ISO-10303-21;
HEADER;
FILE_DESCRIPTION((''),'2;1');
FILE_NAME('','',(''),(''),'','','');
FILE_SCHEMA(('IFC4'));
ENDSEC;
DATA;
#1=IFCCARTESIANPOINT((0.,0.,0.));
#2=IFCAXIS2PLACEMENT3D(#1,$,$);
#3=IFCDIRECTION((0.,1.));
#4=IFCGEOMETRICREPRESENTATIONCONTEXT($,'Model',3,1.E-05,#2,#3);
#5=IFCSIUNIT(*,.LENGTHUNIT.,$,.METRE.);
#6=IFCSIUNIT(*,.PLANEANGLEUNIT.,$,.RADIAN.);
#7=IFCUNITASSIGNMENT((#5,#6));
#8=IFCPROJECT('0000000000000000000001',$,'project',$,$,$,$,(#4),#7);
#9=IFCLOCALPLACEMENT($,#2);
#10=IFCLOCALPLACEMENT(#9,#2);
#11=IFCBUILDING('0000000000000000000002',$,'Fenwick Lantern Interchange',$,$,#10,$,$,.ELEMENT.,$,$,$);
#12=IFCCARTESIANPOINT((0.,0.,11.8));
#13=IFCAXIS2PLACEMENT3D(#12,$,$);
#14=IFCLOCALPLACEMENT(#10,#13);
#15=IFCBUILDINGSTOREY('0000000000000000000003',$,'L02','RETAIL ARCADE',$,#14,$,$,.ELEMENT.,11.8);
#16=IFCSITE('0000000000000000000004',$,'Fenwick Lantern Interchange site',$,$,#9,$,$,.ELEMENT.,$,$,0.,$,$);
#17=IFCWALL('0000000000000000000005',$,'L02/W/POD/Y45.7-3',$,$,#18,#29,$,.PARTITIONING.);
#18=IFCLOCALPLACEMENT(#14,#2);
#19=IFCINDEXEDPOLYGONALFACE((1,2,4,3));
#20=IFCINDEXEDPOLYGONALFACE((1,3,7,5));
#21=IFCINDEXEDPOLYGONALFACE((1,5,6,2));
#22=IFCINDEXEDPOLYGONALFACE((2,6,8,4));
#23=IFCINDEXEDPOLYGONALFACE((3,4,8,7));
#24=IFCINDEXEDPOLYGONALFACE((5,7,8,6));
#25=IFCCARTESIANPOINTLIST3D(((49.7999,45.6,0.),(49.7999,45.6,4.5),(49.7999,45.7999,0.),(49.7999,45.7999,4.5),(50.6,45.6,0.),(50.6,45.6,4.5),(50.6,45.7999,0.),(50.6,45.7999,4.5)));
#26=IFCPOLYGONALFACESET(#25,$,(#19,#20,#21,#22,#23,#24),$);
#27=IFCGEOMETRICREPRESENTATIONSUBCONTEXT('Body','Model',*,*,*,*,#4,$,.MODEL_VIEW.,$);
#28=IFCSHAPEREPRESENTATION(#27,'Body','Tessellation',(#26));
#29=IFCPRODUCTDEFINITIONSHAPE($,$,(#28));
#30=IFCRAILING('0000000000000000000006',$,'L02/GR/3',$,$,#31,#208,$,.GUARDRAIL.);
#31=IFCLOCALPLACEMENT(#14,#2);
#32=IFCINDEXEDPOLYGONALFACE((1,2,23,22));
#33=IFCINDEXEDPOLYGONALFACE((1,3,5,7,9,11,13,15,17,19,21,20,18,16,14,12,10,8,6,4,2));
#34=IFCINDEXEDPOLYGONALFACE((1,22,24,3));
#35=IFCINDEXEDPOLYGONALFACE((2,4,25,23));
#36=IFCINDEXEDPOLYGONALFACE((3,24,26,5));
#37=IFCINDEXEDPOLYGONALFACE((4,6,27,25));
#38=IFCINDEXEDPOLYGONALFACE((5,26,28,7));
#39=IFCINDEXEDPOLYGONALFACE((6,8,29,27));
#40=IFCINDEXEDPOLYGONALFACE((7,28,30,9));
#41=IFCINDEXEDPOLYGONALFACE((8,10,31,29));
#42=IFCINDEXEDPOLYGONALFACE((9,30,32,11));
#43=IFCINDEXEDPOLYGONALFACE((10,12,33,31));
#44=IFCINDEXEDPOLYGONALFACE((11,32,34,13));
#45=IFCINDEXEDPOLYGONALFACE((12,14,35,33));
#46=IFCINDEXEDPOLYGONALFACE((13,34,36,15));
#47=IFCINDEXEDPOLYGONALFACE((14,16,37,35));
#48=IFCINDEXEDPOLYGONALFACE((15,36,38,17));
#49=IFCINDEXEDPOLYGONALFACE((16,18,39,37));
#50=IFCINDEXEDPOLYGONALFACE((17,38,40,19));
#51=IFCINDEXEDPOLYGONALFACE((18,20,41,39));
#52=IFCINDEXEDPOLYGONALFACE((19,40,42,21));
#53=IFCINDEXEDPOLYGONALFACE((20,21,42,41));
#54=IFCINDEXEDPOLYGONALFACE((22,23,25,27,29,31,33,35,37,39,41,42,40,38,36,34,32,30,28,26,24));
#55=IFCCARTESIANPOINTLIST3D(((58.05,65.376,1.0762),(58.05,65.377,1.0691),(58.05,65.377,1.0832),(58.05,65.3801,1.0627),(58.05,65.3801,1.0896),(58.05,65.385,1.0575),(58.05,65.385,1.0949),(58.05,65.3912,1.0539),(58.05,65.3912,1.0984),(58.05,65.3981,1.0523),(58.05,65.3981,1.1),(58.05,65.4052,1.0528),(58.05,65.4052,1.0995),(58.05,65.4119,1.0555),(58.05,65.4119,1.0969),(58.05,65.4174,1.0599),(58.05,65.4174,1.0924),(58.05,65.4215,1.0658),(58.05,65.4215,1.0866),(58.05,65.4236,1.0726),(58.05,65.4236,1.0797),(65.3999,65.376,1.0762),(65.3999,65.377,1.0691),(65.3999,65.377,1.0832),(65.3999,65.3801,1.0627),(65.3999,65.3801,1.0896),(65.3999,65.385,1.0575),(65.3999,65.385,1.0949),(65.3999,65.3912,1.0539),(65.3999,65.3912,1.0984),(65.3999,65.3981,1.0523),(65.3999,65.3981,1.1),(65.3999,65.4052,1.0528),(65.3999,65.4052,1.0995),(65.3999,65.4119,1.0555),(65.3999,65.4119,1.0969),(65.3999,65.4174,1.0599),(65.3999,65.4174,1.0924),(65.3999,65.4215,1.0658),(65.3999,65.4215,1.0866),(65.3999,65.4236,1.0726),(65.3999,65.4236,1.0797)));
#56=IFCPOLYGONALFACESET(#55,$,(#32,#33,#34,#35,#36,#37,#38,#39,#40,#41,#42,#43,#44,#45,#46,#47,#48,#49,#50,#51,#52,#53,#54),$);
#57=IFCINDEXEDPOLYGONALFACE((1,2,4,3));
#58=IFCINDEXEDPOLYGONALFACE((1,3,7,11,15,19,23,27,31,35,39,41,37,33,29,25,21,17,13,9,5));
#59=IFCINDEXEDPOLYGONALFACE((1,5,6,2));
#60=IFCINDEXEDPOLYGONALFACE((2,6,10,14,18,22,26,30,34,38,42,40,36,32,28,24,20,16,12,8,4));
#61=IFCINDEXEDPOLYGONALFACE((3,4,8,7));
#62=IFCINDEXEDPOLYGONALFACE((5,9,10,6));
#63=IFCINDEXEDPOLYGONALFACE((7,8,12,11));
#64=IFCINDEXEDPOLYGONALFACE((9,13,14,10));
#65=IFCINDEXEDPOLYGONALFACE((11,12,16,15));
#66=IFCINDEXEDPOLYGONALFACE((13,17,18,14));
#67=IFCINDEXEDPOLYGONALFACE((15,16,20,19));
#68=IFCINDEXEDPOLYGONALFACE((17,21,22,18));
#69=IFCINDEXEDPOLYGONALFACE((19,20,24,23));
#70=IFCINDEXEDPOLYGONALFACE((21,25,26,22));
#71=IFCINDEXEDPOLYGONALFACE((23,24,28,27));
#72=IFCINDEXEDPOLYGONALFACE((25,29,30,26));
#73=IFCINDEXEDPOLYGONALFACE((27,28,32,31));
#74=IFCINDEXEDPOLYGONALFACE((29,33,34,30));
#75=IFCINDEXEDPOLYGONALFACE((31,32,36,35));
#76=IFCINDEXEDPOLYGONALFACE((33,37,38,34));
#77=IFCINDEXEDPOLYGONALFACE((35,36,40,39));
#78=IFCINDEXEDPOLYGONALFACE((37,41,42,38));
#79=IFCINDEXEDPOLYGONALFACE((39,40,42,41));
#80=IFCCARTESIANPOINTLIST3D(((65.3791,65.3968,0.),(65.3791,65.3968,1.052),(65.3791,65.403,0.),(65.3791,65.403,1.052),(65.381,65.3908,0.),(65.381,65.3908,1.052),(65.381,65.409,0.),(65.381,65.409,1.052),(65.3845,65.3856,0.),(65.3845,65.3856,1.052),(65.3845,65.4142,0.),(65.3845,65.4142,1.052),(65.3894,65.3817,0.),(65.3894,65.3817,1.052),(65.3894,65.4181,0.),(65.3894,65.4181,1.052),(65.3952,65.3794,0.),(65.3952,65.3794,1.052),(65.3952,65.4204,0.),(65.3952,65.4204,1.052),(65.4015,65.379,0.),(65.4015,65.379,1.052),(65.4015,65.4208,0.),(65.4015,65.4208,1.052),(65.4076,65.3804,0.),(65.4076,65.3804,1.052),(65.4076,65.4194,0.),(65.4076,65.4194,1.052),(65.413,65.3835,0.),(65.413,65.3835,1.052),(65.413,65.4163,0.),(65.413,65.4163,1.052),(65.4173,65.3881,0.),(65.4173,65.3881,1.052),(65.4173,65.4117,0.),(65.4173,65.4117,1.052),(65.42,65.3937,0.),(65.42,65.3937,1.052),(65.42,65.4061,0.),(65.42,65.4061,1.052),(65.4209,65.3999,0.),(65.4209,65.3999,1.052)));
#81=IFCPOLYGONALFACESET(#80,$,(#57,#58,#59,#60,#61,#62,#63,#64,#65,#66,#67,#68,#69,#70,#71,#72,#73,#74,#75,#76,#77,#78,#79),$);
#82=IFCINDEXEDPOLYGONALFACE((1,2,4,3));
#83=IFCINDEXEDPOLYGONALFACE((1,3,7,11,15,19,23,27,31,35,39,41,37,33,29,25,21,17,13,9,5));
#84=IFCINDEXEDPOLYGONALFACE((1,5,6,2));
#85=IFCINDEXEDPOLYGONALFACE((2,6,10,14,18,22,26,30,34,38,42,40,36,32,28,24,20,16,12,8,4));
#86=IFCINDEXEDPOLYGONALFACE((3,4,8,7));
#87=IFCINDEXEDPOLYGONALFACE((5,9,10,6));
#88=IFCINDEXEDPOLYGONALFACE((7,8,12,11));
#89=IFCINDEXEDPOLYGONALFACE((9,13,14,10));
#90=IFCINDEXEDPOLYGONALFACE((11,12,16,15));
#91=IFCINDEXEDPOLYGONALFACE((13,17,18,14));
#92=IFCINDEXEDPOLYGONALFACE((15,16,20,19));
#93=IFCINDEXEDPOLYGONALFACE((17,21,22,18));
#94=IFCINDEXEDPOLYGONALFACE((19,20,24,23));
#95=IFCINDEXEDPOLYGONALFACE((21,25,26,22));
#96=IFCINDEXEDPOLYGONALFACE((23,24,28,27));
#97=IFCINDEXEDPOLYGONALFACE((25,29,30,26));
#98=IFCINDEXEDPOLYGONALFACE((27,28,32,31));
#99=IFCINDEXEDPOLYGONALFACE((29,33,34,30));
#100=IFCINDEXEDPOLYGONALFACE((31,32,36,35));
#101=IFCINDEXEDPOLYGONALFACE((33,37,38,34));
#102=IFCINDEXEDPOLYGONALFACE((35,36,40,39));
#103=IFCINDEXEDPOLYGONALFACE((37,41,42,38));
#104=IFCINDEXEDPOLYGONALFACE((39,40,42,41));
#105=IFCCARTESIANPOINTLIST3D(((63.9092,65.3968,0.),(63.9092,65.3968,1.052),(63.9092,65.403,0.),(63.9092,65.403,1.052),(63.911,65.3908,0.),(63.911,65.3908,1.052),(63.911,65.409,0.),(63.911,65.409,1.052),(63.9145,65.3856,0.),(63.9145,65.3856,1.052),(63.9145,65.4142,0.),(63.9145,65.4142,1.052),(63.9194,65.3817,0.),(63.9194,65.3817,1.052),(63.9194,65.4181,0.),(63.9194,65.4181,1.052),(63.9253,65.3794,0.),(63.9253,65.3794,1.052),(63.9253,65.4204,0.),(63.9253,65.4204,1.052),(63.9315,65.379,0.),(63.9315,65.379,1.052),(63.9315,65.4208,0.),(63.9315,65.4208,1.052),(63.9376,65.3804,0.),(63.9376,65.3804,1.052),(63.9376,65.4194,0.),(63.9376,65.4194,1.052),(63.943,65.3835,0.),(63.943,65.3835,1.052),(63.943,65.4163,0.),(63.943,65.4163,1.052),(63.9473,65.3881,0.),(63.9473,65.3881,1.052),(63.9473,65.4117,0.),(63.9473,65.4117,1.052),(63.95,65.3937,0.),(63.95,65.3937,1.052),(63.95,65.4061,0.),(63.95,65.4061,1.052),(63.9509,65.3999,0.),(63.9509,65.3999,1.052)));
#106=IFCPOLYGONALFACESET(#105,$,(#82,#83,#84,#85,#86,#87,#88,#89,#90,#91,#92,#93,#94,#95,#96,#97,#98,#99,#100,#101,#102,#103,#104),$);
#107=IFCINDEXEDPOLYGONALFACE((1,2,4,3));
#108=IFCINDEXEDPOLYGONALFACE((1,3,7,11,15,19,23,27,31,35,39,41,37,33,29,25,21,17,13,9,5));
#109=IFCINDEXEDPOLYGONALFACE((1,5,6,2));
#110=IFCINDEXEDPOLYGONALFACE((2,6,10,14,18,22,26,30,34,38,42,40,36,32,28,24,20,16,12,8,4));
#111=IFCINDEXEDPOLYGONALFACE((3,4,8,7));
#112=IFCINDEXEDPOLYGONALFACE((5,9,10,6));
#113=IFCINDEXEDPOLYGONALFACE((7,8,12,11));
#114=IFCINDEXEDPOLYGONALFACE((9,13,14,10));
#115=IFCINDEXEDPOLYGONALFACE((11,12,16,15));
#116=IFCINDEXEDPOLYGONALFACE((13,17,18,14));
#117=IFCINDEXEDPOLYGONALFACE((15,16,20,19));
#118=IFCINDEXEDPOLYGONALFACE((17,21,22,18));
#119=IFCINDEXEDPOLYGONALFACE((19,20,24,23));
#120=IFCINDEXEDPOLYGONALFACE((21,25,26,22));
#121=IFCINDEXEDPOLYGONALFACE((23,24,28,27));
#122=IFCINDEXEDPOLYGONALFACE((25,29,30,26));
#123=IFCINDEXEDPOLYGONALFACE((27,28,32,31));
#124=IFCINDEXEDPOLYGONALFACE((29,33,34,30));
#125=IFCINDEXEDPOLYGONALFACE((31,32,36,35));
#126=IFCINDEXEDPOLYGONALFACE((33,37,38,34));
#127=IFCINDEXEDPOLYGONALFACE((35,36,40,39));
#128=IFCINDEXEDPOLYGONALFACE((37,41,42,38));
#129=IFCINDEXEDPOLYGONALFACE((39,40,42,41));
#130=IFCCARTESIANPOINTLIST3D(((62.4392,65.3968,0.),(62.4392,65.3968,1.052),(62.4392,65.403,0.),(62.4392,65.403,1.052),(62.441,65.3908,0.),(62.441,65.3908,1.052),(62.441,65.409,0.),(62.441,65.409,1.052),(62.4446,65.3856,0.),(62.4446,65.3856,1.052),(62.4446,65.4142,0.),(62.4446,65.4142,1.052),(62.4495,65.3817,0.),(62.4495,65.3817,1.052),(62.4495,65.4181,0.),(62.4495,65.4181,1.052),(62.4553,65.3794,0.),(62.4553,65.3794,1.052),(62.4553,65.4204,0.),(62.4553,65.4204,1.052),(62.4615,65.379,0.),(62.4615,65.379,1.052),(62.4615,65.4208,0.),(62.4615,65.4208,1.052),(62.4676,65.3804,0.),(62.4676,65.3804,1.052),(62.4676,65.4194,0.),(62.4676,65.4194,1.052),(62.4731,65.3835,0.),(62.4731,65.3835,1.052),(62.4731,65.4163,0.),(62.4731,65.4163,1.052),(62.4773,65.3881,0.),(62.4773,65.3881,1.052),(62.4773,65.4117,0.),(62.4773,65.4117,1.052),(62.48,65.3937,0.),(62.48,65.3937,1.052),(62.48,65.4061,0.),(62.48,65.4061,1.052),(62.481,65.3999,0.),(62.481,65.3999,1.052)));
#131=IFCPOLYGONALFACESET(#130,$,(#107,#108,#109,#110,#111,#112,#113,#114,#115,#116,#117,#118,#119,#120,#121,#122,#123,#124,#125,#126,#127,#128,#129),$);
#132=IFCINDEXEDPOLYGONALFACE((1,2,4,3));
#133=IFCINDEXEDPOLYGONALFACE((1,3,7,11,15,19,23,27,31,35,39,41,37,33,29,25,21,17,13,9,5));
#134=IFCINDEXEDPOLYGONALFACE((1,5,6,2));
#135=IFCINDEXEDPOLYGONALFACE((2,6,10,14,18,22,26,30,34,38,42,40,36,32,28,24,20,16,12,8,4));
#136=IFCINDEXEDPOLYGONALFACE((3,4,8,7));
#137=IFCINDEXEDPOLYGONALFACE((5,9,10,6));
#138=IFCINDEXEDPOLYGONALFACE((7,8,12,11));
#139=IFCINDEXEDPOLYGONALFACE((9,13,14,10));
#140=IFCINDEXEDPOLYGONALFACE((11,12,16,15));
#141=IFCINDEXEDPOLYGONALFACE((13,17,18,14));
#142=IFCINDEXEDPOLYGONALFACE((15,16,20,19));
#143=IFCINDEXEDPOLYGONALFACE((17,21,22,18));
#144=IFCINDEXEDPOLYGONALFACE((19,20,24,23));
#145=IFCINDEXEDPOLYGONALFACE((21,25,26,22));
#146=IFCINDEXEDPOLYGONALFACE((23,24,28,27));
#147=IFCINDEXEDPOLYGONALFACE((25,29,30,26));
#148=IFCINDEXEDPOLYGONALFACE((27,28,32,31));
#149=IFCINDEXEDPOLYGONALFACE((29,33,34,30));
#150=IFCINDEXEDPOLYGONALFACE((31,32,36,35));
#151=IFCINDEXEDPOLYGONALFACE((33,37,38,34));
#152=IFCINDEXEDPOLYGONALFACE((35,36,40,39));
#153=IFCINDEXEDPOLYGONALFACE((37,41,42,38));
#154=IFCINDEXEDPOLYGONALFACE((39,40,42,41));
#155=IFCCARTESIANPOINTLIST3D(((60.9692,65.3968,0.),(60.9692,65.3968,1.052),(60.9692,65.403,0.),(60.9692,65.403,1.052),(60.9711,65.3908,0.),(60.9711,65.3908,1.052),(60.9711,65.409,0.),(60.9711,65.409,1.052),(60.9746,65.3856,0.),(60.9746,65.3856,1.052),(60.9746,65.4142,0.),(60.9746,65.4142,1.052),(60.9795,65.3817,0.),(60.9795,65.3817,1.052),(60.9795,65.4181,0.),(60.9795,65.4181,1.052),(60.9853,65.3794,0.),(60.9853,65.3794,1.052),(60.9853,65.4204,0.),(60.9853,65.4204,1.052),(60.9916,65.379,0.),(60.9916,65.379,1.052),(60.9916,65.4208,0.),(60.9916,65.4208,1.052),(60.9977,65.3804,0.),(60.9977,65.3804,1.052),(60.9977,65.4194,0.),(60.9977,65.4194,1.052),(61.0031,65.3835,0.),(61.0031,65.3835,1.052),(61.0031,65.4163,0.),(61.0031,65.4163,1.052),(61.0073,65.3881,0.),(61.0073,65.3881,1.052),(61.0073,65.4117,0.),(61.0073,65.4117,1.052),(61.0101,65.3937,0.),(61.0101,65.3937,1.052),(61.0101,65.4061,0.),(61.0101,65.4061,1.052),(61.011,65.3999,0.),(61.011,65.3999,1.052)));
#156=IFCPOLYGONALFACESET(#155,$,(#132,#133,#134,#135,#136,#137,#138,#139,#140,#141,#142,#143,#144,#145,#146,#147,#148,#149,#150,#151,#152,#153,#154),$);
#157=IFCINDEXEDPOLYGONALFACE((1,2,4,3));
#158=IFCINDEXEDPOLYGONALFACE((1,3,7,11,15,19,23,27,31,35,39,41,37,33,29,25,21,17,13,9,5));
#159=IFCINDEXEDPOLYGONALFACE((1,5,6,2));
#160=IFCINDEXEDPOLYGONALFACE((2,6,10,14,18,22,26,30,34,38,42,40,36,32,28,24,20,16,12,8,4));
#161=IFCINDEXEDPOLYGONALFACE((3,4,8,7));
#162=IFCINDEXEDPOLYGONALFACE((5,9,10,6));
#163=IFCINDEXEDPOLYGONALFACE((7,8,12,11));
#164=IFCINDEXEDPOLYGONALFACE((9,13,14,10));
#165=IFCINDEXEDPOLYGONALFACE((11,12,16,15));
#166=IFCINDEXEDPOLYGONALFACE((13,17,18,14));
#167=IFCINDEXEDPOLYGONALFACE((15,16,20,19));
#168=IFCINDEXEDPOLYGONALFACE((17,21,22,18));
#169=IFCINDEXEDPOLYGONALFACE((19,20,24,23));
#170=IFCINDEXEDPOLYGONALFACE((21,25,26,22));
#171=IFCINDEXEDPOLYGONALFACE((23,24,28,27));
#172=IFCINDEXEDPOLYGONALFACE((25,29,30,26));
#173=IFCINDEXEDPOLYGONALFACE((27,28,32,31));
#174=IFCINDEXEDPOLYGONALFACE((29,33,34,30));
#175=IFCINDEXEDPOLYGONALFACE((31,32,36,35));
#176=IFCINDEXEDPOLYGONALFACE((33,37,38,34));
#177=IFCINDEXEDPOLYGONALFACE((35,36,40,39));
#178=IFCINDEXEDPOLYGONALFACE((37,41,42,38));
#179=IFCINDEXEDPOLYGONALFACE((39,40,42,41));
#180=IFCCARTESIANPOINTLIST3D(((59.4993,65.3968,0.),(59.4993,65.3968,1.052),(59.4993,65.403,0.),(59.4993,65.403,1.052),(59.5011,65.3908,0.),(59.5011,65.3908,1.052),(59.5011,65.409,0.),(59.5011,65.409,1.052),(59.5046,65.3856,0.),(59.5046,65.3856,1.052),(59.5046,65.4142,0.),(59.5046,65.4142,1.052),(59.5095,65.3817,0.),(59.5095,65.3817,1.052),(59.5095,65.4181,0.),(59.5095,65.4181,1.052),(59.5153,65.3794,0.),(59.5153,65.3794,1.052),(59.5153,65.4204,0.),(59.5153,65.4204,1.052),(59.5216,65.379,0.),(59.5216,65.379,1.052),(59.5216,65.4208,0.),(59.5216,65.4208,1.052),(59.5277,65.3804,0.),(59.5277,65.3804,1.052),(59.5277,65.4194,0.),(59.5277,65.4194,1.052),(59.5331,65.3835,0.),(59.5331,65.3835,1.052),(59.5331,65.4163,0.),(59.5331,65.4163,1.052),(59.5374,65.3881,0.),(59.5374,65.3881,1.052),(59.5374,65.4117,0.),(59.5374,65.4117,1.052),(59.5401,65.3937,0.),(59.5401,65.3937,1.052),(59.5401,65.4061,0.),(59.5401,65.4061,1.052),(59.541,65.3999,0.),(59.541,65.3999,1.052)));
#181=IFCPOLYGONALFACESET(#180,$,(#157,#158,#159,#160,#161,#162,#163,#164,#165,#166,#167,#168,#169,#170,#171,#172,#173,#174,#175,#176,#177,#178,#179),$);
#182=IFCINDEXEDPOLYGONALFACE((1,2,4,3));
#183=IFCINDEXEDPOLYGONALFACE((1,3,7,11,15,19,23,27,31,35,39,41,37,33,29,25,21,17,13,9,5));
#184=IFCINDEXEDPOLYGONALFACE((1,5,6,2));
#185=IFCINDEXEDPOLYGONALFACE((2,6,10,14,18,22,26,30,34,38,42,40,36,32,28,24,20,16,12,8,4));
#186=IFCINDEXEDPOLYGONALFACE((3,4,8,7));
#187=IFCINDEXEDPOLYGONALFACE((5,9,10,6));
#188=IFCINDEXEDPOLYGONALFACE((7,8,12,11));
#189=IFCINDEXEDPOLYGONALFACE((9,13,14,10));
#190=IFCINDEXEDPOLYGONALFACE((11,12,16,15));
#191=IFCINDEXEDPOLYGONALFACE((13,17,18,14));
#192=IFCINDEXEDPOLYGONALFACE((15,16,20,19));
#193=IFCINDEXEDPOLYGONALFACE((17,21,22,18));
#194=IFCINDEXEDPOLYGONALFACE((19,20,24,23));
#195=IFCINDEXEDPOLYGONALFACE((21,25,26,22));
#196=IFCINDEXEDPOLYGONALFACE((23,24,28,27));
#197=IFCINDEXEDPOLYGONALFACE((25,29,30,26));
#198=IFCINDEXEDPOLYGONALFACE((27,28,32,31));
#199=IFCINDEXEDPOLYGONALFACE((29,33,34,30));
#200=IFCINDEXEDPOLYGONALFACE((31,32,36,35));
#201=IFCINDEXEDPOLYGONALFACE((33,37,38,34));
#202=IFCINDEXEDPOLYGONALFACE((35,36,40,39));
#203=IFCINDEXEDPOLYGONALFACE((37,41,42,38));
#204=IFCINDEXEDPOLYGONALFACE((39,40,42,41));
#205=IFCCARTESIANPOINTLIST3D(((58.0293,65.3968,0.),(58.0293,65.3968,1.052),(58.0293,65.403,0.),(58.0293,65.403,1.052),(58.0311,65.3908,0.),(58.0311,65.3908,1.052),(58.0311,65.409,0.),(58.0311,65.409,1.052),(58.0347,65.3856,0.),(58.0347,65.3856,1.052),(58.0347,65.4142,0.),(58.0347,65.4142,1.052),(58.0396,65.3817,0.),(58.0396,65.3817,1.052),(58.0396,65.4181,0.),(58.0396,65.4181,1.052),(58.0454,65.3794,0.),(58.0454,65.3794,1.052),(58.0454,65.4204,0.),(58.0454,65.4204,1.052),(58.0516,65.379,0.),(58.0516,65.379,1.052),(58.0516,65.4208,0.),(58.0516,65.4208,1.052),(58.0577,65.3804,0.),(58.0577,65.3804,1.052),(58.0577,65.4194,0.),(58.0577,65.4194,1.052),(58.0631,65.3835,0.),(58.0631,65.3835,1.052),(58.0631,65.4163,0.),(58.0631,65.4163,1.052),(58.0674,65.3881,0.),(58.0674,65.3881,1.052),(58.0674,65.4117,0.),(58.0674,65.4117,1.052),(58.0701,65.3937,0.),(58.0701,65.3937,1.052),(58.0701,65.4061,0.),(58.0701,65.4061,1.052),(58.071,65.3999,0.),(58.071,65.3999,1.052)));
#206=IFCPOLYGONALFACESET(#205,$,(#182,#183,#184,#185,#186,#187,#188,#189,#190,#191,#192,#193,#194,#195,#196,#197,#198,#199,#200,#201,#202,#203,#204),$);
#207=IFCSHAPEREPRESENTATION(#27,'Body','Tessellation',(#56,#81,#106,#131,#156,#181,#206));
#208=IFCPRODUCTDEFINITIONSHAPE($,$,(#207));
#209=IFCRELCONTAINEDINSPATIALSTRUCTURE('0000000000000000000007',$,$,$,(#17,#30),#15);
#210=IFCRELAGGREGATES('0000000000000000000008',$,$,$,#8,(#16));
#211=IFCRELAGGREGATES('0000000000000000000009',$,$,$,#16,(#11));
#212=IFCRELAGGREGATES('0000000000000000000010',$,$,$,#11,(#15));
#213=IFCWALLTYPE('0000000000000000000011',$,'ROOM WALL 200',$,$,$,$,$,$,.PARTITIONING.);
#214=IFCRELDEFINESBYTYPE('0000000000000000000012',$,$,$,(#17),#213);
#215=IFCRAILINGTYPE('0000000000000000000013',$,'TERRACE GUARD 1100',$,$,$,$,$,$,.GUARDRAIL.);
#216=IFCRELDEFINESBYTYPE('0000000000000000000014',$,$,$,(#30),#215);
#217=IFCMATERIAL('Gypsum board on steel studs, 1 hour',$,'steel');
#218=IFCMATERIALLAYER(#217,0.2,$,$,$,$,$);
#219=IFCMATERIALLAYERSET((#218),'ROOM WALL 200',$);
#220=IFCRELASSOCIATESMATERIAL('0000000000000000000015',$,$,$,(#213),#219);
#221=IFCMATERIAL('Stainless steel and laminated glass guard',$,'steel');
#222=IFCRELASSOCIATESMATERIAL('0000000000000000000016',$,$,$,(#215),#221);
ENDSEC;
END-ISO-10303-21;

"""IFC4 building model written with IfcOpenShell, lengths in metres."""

from ifc_helpers import new_model, si_unit, direction, frame, frame_2d, origin, origin_2d, place, context, subcontext, project, spatial, rectangle, circle, extrude, material, layer, layer_set, type_object, element, save


model = new_model("IFC4")

# Units and contexts
model_context = context("Model", 3, precision=1e-05, world=origin(), true_north=direction((0.0, 1.0)))
body_context = subcontext(model_context, "Body", "Model", "MODEL_VIEW")
ifc_project = project(units=[si_unit("LENGTHUNIT", "METRE"), si_unit("PLANEANGLEUNIT", "RADIAN")], contexts=[model_context])

# Site, building, storey
site_placement = place(None, origin())
site = spatial("IfcSite", under=ifc_project, at=site_placement, Name="Fenwick Lantern Interchange site", CompositionType="ELEMENT", RefElevation=0.0)
building_placement = place(site_placement, origin())
building = spatial("IfcBuilding", under=site, at=building_placement, Name="Fenwick Lantern Interchange", CompositionType="ELEMENT")
storey_placement = place(building_placement, frame((0.0, 0.0, 11.8)))
storey = spatial("IfcBuildingStorey", under=building, at=storey_placement, Name="L02", Description="RETAIL ARCADE", CompositionType="ELEMENT", Elevation=11.8)

# Wall
ifc_material_1 = material(Name="Gypsum board on steel studs, 1 hour", Category="steel")
ifc_layer_1 = layer(ifc_material_1, 0.2)
ifc_layer_set_1 = layer_set([ifc_layer_1], Name="ROOM WALL 200")
wall_type_1 = type_object("IfcWallType", Name="ROOM WALL 200", PredefinedType="PARTITIONING", material=ifc_layer_set_1)
wall_1_placement = place(storey_placement, frame((49.8, 45.7, 0.0), z_axis=(0.0, 0.0, 1.0), x_axis=(1.0, 0.0, 0.0)))
element("IfcWall", 1, at=wall_1_placement, inside=storey, type_object=wall_type_1, Name="L02/W/POD/Y45.7-3", PredefinedType="PARTITIONING", context=body_context, shape_type="SweptSolid", body=[
    extrude(rectangle(XDim=0.8, YDim=0.2, at=frame_2d((0.3999, 0.0))), origin(), (0.0, 0.0, 1.0), 4.5),
])

# Railing
ifc_material_2 = material(Name="Stainless steel and laminated glass guard", Category="steel")
railing_type = type_object("IfcRailingType", Name="TERRACE GUARD 1100", PredefinedType="GUARDRAIL", material=ifc_material_2)
railing_placement = place(storey_placement, frame((65.3999, 65.3999, 0.0)))
element("IfcRailing", 2, at=railing_placement, inside=storey, type_object=railing_type, Name="L02/GR/3", PredefinedType="GUARDRAIL", context=body_context, shape_type="SweptSolid", body=[
    extrude(circle(Radius=0.0239, at=origin_2d()), frame((0.0, 0.0, 1.0762), z_axis=(-1.0, 0.0, 0.0), x_axis=(0.0, -1.0, 0.0)), (0.0, 0.0, 1.0), 7.3499),
    extrude(circle(Radius=0.021, at=origin_2d()), origin(), (0.0, 0.0, 1.0), 1.052),
    extrude(circle(Radius=0.021, at=origin_2d()), frame((-1.47, 0.0, 0.0)), (0.0, 0.0, 1.0), 1.052),
    extrude(circle(Radius=0.021, at=origin_2d()), frame((-2.9399, 0.0, 0.0)), (0.0, 0.0, 1.0), 1.052),
    extrude(circle(Radius=0.021, at=origin_2d()), frame((-4.4099, 0.0, 0.0)), (0.0, 0.0, 1.0), 1.052),
    extrude(circle(Radius=0.021, at=origin_2d()), frame((-5.8799, 0.0, 0.0)), (0.0, 0.0, 1.0), 1.052),
    extrude(circle(Radius=0.021, at=origin_2d()), frame((-7.3499, 0.0, 0.0)), (0.0, 0.0, 1.0), 1.052),
])

save(model, "model.ifc")
